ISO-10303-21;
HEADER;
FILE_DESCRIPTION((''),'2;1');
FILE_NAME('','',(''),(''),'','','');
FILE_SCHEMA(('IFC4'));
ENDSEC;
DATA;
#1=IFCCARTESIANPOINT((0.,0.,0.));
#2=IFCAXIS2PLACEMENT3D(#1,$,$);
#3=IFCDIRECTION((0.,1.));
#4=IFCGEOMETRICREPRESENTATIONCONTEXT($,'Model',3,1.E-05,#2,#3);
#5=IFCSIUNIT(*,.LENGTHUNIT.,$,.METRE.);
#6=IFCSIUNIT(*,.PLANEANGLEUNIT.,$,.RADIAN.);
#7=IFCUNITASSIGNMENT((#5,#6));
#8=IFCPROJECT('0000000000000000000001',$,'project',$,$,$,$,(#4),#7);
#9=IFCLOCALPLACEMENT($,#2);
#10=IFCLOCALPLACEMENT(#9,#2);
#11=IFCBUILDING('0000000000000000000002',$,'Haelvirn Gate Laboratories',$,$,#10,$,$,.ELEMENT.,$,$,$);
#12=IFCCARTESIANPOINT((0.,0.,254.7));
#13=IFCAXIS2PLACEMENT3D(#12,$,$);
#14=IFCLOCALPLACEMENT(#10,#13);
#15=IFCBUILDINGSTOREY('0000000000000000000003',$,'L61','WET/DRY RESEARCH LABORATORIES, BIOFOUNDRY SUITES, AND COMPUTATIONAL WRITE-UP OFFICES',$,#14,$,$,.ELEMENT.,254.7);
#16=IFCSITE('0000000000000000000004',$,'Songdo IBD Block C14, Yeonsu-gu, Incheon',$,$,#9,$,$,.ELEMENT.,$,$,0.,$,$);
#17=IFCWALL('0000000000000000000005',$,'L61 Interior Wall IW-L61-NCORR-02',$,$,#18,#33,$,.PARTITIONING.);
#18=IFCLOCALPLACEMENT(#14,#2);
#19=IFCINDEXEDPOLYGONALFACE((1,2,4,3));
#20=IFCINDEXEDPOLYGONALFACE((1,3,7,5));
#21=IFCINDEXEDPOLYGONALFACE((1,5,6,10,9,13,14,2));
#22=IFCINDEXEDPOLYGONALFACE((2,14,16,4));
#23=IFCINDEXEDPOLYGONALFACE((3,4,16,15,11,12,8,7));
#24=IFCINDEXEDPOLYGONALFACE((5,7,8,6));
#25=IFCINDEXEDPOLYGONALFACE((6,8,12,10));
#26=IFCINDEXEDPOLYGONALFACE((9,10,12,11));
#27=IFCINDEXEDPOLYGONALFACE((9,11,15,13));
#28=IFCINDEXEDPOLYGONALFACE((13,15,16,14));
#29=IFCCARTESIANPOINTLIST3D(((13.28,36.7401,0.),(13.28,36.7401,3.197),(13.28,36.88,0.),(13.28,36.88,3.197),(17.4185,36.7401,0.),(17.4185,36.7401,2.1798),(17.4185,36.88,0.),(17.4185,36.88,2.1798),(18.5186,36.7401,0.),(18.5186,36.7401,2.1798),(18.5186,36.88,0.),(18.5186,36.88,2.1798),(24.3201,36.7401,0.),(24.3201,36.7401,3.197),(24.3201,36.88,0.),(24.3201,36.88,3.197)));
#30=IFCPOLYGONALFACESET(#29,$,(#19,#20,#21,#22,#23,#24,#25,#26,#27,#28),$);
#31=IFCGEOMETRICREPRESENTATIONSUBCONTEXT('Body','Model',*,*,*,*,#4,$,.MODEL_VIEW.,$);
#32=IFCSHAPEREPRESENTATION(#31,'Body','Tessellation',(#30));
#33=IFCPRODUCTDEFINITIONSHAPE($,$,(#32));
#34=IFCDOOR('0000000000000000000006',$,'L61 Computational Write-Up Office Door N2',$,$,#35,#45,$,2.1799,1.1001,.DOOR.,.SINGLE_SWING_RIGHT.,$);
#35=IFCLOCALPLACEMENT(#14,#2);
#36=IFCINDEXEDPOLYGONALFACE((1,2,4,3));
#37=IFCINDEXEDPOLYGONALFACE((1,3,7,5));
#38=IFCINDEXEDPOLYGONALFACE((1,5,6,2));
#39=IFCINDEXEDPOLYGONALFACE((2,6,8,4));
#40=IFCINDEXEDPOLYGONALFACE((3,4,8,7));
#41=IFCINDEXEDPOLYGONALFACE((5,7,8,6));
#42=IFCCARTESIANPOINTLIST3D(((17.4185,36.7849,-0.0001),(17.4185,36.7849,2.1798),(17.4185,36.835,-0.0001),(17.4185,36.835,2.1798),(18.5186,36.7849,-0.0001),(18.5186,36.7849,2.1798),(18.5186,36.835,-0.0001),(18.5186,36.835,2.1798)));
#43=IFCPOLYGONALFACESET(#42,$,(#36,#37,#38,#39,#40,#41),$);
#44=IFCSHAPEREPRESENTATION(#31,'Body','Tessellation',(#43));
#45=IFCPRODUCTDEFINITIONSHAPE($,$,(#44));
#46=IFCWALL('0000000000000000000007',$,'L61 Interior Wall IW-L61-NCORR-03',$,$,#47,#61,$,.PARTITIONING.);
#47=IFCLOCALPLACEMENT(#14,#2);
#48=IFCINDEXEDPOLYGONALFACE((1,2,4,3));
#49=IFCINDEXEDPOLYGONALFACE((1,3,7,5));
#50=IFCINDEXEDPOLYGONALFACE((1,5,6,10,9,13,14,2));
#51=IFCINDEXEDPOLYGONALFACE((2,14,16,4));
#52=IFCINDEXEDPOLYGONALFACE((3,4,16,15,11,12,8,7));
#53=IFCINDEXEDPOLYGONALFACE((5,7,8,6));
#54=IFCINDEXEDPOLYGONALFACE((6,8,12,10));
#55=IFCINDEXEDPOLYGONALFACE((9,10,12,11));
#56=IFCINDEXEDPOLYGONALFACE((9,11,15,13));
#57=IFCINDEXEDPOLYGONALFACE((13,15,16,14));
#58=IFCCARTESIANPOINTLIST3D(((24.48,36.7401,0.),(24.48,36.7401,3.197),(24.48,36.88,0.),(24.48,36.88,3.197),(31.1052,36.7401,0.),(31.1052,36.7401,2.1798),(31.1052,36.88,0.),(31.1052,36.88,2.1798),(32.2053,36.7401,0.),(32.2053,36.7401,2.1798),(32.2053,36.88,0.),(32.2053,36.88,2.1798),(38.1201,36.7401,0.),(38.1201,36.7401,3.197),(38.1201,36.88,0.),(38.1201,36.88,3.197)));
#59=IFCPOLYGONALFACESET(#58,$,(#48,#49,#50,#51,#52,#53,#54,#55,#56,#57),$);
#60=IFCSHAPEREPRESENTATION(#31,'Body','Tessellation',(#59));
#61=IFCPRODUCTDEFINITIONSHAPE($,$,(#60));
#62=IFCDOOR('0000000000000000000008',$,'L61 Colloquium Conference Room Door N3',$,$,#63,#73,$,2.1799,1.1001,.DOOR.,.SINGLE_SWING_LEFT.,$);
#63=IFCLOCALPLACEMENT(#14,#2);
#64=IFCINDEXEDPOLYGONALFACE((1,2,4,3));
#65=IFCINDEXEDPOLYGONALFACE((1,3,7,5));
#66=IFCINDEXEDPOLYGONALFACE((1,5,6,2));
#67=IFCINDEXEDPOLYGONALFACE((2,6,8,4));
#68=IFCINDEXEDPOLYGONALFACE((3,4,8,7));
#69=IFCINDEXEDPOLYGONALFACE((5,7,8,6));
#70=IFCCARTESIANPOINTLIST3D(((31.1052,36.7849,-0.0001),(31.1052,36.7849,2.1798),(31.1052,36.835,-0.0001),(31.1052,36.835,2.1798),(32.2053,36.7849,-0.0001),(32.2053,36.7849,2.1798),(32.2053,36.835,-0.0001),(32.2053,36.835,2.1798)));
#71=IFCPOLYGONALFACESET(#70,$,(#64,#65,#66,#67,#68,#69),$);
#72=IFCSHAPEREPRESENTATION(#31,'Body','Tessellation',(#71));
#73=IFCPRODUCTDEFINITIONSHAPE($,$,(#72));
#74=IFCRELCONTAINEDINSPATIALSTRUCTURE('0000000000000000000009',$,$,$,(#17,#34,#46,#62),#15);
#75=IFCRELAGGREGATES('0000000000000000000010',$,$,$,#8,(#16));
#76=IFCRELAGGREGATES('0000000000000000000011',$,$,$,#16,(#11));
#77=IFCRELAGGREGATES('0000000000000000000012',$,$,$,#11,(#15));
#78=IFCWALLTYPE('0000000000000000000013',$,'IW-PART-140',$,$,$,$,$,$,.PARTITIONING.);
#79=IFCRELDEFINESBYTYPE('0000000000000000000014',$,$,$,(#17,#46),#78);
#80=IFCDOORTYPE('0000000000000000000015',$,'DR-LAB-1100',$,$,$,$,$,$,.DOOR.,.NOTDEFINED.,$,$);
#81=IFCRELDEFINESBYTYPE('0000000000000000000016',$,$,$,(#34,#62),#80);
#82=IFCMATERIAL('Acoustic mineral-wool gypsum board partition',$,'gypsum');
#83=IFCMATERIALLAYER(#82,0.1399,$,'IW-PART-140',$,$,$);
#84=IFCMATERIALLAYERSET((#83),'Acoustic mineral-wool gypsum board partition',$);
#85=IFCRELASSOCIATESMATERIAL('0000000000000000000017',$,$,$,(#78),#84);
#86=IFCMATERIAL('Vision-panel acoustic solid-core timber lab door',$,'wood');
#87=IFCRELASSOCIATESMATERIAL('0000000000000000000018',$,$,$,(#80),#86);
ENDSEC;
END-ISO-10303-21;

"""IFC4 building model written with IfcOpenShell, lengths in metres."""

from ifc_helpers import new_model, si_unit, direction, frame, frame_2d, origin, place, context, subcontext, project, spatial, rectangle, extrude, source, transform, mapped, material, layer, layer_set, type_object, type_shapes, element, fill, save


model = new_model("IFC4")

# Units and contexts
model_context = context("Model", 3, precision=1e-05, world=origin(), true_north=direction((0.0, 1.0)))
body_context = subcontext(model_context, "Body", "Model", "MODEL_VIEW")
ifc_project = project(units=[si_unit("LENGTHUNIT", "METRE"), si_unit("PLANEANGLEUNIT", "RADIAN")], contexts=[model_context])

# Site, building, storey
site_placement = place(None, origin())
site = spatial("IfcSite", under=ifc_project, at=site_placement, Name="Songdo IBD Block C14, Yeonsu-gu, Incheon", CompositionType="ELEMENT", RefElevation=0.0)
building_placement = place(site_placement, origin())
building = spatial("IfcBuilding", under=site, at=building_placement, Name="Haelvirn Gate Laboratories", CompositionType="ELEMENT")
storey_placement = place(building_placement, frame((0.0, 0.0, 254.7)))
storey = spatial("IfcBuildingStorey", under=building, at=storey_placement, Name="L61", Description="WET/DRY RESEARCH LABORATORIES, BIOFOUNDRY SUITES, AND COMPUTATIONAL WRITE-UP OFFICES", CompositionType="ELEMENT", Elevation=254.7)

# Walls, openings, doors
ifc_material_1 = material(Name="Acoustic mineral-wool gypsum board partition", Category="gypsum")
ifc_layer_1 = layer(ifc_material_1, 0.1399, Name="IW-PART-140")
ifc_layer_set_1 = layer_set([ifc_layer_1], Name="Acoustic mineral-wool gypsum board partition")
wall_type_1 = type_object("IfcWallType", Name="IW-PART-140", PredefinedType="PARTITIONING", material=ifc_layer_set_1)
wall_1_placement = place(storey_placement, frame((13.28, 36.8101, 0.0), z_axis=(0.0, 0.0, 1.0), x_axis=(1.0, 0.0, 0.0)))
wall_1 = element("IfcWall", 1, at=wall_1_placement, inside=storey, type_object=wall_type_1, Name="L61 Interior Wall IW-L61-NCORR-02", PredefinedType="PARTITIONING", context=body_context, shape_type="SweptSolid", body=[
    extrude(rectangle(XDim=11.04, YDim=0.1399, at=frame_2d((5.52, 0.0))), origin(), (0.0, 0.0, 1.0), 3.197),
])
opening_1_placement = place(wall_1_placement, frame((4.1384, 0.0, 0.0)))
opening_1 = element("IfcOpeningElement", 2, at=opening_1_placement, cuts=wall_1, PredefinedType="OPENING", context=body_context, shape_type="SweptSolid", body=[
    extrude(rectangle(XDim=1.1001, YDim=2.1799, at=frame_2d((0.55, 1.0898))), frame((0.0, 0.0801, 0.0), z_axis=(0.0, -1.0, 0.0), x_axis=(1.0, 0.0, 0.0)), (0.0, 0.0, 1.0), 0.1599),
])
ifc_material_2 = material(Name="Vision-panel acoustic solid-core timber lab door", Category="wood")
door_type = type_object("IfcDoorType", Name="DR-LAB-1100", OperationType="NOTDEFINED", PredefinedType="DOOR", material=ifc_material_2)
shared_shape_1 = source(origin(), body_context, "Body", "SweptSolid", [
    extrude(rectangle(XDim=1.1001, YDim=2.1799, at=frame_2d((0.55, 1.0898))), frame((0.0, 0.0249, 0.0), z_axis=(0.0, -1.0, 0.0), x_axis=(1.0, 0.0, 0.0)), (0.0, 0.0, 1.0), 0.05),
])
type_shapes(door_type, [shared_shape_1])
door_1_placement = place(opening_1_placement, origin())
door_1 = element("IfcDoor", 3, at=door_1_placement, inside=storey, type_object=door_type, Name="L61 Computational Write-Up Office Door N2", OperationType="SINGLE_SWING_RIGHT", OverallHeight=2.1799, OverallWidth=1.1001, PredefinedType="DOOR", context=body_context, shape_type="MappedRepresentation", body=[
    mapped(shared_shape_1, transform((0.0, 0.0, 0.0), scale=1.0)),
])
fill(opening_1, door_1)
wall_2_placement = place(storey_placement, frame((24.48, 36.8101, 0.0), z_axis=(0.0, 0.0, 1.0), x_axis=(1.0, 0.0, 0.0)))
wall_2 = element("IfcWall", 4, at=wall_2_placement, inside=storey, type_object=wall_type_1, Name="L61 Interior Wall IW-L61-NCORR-03", PredefinedType="PARTITIONING", context=body_context, shape_type="SweptSolid", body=[
    extrude(rectangle(XDim=13.6401, YDim=0.1399, at=frame_2d((6.8201, 0.0))), origin(), (0.0, 0.0, 1.0), 3.197),
])
opening_2_placement = place(wall_2_placement, frame((6.6252, 0.0, 0.0)))
opening_2 = element("IfcOpeningElement", 5, at=opening_2_placement, cuts=wall_2, PredefinedType="OPENING", context=body_context, shape_type="SweptSolid", body=[
    extrude(rectangle(XDim=1.1001, YDim=2.1799, at=frame_2d((0.55, 1.0898))), frame((0.0, 0.0801, 0.0), z_axis=(0.0, -1.0, 0.0), x_axis=(1.0, 0.0, 0.0)), (0.0, 0.0, 1.0), 0.1599),
])
door_2_placement = place(opening_2_placement, origin())
door_2 = element("IfcDoor", 6, at=door_2_placement, inside=storey, type_object=door_type, Name="L61 Colloquium Conference Room Door N3", OperationType="SINGLE_SWING_LEFT", OverallHeight=2.1799, OverallWidth=1.1001, PredefinedType="DOOR", context=body_context, shape_type="MappedRepresentation", body=[
    mapped(shared_shape_1, transform((0.0, 0.0, 0.0), scale=1.0)),
])
fill(opening_2, door_2)

save(model, "model.ifc")
